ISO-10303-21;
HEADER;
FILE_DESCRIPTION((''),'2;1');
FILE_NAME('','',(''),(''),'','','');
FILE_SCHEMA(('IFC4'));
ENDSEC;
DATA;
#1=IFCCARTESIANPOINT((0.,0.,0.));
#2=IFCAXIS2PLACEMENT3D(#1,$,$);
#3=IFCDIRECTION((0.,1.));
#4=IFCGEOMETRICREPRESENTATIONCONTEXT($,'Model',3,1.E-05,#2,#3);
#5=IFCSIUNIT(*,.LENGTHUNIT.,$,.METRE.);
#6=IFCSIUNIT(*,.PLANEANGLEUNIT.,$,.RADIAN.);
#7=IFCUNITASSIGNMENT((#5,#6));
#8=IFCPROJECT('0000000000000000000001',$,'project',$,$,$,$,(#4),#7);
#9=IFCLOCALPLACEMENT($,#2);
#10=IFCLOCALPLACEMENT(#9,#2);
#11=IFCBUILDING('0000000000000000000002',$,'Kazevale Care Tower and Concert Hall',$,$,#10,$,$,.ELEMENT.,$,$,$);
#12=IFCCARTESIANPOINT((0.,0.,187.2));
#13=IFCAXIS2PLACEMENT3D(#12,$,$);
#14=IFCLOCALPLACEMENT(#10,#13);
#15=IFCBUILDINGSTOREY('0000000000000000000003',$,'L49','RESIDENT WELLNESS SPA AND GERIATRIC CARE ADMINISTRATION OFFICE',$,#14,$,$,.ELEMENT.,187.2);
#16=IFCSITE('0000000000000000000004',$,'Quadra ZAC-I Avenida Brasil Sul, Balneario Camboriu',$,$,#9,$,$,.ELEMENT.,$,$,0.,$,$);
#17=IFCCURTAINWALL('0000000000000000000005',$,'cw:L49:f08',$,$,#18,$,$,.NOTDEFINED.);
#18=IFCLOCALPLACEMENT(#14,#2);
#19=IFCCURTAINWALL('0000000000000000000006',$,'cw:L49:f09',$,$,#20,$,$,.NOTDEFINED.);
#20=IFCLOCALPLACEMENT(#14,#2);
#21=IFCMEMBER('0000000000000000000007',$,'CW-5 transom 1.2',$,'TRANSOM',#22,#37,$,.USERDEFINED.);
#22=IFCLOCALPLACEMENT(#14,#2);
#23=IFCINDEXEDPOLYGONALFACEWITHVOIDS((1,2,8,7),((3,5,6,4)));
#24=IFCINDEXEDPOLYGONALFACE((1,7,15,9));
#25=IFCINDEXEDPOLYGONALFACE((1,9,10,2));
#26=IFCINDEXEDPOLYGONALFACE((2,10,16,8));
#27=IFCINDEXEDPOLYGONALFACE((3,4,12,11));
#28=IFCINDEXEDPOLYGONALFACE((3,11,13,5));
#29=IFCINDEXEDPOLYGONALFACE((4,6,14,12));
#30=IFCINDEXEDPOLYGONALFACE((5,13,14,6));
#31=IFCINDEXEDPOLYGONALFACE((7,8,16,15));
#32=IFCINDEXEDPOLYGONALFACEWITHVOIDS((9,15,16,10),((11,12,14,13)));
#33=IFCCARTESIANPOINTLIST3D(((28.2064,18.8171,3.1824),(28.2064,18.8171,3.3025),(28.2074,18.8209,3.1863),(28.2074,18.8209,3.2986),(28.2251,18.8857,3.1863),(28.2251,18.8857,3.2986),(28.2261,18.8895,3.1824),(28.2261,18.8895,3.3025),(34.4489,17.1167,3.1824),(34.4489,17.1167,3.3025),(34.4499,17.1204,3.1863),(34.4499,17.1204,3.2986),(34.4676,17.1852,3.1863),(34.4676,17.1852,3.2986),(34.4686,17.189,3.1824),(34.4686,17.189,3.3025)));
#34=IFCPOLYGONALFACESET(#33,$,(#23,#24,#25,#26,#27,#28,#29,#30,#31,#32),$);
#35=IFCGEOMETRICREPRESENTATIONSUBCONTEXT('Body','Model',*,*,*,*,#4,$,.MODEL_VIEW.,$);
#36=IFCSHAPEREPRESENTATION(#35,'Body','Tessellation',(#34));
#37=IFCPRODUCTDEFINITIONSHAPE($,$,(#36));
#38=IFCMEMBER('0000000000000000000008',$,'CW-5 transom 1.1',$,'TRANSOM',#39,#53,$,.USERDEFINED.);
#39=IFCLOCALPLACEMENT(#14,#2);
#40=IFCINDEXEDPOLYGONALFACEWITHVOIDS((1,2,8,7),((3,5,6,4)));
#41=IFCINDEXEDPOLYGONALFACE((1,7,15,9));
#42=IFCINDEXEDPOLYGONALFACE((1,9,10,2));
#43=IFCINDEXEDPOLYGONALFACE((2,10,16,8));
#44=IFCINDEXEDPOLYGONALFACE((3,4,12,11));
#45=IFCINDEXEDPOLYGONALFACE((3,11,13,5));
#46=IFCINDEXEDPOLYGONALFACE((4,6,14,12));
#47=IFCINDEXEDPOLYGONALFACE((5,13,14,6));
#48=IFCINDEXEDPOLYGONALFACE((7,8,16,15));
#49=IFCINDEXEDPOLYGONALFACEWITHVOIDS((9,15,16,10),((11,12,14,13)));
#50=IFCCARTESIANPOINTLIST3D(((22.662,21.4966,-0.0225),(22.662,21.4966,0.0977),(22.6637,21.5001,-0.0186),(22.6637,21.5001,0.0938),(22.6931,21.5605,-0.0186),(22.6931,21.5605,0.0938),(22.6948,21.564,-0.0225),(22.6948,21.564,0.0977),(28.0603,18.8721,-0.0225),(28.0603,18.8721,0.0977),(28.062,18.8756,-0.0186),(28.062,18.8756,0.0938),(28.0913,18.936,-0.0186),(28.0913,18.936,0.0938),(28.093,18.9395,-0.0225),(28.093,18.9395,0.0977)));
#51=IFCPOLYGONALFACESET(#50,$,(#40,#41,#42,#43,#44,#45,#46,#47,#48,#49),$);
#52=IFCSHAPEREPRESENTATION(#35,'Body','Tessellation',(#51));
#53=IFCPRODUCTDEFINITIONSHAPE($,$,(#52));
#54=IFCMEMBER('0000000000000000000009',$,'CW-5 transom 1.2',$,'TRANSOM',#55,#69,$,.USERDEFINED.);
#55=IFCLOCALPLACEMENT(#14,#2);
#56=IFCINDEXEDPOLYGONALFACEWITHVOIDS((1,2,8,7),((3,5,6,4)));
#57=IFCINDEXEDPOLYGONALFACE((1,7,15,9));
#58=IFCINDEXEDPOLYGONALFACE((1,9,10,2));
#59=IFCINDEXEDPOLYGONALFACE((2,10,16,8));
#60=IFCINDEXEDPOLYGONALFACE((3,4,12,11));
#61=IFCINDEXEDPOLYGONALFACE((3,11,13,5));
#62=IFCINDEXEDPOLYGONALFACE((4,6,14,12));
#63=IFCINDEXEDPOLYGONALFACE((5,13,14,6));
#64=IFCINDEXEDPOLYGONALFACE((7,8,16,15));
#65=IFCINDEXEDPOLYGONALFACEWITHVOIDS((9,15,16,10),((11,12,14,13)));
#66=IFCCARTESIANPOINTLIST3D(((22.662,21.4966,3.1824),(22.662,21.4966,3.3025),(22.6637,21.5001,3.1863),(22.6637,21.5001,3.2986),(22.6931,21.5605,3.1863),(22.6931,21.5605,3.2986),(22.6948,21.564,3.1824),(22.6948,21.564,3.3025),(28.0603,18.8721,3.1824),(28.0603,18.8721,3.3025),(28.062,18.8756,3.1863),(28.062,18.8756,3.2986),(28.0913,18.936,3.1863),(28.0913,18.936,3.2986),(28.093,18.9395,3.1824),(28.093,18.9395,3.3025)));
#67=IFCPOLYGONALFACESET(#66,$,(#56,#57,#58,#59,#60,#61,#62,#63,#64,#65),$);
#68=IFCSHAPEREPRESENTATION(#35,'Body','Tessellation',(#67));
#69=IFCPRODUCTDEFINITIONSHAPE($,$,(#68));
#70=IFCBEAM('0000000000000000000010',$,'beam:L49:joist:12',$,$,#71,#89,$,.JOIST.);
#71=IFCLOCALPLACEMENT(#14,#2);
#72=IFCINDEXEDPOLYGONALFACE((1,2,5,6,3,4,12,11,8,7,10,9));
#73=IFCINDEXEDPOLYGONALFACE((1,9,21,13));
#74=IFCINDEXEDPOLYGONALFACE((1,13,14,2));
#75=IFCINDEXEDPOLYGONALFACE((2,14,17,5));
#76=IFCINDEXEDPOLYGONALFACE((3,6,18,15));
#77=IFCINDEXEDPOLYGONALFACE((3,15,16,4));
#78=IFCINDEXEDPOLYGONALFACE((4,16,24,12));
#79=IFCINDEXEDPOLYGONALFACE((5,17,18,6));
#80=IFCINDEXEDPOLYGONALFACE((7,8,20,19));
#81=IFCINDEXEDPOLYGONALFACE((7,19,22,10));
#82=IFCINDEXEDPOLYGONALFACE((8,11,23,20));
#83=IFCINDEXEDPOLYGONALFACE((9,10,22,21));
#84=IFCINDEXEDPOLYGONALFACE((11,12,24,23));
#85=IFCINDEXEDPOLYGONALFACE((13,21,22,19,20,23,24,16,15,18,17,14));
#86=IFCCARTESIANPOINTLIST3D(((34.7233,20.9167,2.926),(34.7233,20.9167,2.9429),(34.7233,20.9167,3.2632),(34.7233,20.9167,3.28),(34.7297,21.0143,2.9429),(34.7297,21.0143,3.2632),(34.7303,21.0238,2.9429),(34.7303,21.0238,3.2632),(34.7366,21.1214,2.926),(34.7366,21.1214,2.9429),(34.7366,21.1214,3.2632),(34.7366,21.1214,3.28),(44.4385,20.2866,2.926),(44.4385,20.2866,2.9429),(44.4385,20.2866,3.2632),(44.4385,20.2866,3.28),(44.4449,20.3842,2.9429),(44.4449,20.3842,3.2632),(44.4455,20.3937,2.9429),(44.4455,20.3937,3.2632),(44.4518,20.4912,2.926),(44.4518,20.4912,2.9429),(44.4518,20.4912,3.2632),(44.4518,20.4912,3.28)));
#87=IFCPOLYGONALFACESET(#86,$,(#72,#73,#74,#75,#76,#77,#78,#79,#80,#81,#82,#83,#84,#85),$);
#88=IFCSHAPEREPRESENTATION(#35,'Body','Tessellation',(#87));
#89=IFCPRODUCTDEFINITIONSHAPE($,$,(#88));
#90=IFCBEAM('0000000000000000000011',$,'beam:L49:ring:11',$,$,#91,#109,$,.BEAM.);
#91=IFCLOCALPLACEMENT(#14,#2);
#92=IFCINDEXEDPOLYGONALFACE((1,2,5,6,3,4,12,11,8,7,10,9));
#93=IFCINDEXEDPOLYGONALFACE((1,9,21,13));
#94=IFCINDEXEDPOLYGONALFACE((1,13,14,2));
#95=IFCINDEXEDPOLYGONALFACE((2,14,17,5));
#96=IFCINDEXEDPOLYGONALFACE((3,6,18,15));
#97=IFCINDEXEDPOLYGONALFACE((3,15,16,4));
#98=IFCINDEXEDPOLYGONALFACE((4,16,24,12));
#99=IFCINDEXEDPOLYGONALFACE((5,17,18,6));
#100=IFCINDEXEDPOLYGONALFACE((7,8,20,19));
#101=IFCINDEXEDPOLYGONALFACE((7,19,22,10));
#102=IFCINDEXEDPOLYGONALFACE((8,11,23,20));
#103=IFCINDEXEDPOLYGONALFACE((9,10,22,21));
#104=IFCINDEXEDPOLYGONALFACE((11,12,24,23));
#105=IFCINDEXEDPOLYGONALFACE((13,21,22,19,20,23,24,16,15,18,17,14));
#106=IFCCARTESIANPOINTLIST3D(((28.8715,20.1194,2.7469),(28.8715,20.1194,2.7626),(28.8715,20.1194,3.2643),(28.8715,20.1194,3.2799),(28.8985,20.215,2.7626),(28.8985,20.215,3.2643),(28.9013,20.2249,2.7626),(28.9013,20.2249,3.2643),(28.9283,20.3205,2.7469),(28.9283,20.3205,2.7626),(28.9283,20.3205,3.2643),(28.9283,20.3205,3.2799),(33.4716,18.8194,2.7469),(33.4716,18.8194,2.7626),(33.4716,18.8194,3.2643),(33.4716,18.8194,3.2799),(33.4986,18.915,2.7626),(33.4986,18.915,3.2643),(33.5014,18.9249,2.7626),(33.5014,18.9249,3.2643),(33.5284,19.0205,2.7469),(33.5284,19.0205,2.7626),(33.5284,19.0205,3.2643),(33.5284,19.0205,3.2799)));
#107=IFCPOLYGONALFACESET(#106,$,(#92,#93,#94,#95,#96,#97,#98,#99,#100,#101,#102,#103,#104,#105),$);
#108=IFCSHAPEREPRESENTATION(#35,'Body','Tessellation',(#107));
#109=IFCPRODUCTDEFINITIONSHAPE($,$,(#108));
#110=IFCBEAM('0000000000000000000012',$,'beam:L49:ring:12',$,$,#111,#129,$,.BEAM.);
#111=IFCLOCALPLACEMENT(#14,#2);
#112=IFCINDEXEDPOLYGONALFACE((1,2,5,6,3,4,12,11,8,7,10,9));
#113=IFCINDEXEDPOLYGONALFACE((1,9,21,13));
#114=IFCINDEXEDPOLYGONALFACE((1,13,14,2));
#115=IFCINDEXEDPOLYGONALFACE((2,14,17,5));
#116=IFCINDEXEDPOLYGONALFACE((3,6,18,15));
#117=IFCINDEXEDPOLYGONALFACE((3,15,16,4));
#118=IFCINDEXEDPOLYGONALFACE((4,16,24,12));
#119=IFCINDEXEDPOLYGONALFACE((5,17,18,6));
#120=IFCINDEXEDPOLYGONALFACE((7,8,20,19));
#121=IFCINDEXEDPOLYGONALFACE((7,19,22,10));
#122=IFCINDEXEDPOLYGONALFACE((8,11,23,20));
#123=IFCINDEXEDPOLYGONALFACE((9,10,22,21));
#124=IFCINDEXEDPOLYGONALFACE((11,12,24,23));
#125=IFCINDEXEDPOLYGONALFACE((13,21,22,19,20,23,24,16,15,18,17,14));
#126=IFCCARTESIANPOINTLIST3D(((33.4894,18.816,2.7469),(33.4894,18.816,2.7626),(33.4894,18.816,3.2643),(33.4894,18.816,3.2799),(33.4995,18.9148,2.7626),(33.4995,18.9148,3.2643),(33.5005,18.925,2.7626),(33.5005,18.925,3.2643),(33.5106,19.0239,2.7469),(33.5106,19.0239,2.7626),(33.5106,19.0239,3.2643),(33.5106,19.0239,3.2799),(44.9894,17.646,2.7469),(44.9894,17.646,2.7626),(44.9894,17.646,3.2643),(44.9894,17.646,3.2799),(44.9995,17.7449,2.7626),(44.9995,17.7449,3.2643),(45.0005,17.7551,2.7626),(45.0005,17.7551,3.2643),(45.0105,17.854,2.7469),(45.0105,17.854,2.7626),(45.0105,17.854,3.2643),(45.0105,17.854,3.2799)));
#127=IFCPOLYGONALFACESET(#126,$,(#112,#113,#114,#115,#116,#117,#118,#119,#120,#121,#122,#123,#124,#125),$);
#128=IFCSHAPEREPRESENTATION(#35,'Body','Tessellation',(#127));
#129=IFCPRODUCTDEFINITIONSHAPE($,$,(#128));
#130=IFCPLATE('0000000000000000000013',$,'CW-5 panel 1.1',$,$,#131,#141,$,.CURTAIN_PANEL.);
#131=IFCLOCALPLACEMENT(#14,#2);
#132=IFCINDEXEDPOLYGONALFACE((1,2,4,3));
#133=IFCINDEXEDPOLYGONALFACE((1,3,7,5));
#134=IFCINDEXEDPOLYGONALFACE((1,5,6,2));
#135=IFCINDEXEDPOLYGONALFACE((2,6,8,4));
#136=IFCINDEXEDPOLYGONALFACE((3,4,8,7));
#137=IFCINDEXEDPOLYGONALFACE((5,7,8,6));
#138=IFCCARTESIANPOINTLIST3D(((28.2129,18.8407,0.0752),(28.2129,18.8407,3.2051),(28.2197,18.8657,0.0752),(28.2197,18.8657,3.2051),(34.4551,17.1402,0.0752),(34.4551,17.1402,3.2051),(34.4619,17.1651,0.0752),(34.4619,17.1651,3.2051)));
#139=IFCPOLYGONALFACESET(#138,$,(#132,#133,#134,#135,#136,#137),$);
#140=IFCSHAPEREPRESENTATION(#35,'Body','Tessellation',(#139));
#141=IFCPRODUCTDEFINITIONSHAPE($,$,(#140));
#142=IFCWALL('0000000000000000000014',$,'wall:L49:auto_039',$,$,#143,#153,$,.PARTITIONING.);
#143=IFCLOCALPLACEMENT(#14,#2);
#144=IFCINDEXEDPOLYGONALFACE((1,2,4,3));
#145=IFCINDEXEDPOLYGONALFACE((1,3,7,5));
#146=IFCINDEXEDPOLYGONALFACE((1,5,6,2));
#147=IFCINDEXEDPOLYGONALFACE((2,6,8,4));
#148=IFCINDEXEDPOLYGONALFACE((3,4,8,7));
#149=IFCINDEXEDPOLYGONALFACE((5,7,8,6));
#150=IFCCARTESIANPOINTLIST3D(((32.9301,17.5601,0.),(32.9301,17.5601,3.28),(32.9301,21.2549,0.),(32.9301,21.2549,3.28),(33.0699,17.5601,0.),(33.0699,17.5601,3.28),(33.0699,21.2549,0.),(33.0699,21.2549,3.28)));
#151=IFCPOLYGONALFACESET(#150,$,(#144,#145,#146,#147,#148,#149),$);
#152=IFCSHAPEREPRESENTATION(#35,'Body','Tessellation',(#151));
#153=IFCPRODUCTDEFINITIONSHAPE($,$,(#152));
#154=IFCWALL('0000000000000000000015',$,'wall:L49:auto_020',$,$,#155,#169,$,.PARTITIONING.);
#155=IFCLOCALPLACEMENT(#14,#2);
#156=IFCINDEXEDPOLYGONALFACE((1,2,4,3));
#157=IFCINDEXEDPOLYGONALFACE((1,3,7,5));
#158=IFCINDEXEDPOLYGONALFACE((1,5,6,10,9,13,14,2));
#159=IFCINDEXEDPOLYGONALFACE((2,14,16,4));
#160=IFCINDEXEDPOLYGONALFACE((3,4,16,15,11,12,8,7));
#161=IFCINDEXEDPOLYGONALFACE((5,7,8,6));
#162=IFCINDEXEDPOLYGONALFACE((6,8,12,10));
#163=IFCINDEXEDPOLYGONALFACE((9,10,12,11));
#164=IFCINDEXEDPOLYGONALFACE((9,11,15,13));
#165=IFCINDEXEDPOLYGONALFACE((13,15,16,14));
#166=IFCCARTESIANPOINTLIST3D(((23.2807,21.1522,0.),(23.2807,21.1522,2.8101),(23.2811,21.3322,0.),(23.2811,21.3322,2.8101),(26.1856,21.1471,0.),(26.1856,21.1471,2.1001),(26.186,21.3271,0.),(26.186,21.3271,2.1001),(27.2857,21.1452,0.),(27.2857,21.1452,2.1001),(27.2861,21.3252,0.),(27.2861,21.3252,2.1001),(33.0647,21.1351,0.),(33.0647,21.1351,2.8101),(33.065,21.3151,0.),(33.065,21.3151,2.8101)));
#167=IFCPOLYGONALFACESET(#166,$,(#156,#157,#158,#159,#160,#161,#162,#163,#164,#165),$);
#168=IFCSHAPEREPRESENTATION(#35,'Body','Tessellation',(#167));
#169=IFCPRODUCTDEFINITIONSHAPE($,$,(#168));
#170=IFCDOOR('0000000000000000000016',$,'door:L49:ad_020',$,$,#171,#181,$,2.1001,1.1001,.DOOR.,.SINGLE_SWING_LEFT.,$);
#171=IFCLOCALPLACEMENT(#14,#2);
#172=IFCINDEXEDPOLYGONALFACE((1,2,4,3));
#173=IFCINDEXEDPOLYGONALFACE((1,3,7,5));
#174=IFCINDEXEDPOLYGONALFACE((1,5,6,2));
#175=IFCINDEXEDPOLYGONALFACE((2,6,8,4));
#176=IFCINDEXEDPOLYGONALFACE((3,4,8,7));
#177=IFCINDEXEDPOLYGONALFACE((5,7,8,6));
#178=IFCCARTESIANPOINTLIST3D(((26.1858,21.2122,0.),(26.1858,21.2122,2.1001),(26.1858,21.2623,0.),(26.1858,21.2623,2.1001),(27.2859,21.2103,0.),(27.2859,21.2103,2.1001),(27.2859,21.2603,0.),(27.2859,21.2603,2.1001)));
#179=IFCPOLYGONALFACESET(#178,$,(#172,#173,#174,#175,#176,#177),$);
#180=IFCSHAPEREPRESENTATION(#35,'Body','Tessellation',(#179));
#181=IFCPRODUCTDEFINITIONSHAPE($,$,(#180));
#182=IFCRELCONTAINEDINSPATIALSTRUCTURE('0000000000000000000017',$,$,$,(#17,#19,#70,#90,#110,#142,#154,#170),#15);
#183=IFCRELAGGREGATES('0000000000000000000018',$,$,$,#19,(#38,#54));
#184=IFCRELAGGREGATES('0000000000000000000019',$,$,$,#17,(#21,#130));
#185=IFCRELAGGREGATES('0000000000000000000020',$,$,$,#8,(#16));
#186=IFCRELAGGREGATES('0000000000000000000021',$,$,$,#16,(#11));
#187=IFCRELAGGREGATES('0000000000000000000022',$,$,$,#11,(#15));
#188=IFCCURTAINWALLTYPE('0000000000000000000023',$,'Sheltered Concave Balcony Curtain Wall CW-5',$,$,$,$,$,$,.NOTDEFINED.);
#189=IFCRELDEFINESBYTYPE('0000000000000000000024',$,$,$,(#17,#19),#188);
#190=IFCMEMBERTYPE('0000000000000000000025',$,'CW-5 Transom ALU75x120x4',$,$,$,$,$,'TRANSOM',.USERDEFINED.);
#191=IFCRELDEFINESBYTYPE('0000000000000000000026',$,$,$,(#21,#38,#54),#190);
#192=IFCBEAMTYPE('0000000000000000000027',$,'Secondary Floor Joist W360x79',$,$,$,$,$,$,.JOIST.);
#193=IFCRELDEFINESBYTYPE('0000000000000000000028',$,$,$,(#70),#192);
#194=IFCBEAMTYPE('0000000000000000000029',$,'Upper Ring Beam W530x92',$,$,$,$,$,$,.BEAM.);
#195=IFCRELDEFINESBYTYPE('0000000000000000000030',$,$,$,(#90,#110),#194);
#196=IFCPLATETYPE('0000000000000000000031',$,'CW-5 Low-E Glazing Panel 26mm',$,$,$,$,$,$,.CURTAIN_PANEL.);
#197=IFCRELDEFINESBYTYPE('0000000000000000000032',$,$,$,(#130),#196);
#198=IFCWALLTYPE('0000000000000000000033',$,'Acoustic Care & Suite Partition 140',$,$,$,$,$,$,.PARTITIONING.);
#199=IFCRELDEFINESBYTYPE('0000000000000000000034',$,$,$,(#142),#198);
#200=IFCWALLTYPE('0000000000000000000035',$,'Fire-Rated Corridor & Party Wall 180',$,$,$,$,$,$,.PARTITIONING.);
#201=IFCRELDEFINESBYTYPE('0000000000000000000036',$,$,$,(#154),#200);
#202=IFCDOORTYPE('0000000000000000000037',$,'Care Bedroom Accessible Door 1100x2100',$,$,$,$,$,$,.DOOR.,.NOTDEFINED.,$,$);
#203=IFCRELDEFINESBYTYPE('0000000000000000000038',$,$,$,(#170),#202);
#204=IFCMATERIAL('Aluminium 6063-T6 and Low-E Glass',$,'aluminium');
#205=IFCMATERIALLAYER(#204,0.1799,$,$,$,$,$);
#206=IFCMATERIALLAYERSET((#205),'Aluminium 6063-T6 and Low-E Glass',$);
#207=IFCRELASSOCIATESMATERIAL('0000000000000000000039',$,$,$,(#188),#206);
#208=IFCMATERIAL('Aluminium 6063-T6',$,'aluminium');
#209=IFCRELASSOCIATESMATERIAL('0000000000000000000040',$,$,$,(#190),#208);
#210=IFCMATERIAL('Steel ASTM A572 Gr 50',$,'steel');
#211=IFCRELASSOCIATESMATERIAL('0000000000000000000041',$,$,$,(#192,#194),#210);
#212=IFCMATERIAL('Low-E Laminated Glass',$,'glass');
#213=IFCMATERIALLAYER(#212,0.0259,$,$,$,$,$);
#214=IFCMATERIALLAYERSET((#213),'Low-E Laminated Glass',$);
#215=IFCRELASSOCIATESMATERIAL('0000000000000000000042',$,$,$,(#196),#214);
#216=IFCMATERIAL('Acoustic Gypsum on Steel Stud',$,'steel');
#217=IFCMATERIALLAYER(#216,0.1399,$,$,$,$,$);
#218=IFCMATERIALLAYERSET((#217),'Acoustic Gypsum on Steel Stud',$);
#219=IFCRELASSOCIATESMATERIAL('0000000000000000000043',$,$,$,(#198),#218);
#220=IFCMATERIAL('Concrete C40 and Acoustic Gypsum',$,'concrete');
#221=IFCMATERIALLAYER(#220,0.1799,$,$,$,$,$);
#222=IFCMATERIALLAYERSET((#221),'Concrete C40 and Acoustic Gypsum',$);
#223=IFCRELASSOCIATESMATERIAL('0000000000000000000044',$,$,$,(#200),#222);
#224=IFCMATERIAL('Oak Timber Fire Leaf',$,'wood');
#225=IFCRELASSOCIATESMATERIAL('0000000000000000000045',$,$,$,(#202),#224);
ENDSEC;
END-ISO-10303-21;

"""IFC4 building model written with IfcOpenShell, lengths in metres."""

from ifc_helpers import new_model, si_unit, direction, frame, frame_2d, origin, origin_2d, place, context, subcontext, project, spatial, rectangle, hollow_rectangle, i_section, extrude, material, layer, layer_set, material_profile, profile_set, type_object, element, fill, aggregate, save


model = new_model("IFC4")

# Units and contexts
model_context = context("Model", 3, precision=1e-05, world=origin(), true_north=direction((0.0, 1.0)))
body_context = subcontext(model_context, "Body", "Model", "MODEL_VIEW")
ifc_project = project(units=[si_unit("LENGTHUNIT", "METRE"), si_unit("PLANEANGLEUNIT", "RADIAN")], contexts=[model_context])

# Site, building, storey
site_placement = place(None, origin())
site = spatial("IfcSite", under=ifc_project, at=site_placement, Name="Quadra ZAC-I Avenida Brasil Sul, Balneario Camboriu", CompositionType="ELEMENT", RefElevation=0.0)
building_placement = place(site_placement, origin())
building = spatial("IfcBuilding", under=site, at=building_placement, Name="Kazevale Care Tower and Concert Hall", CompositionType="ELEMENT")
storey_placement = place(building_placement, frame((0.0, 0.0, 187.2)))
storey = spatial("IfcBuildingStorey", under=building, at=storey_placement, Name="L49", Description="RESIDENT WELLNESS SPA AND GERIATRIC CARE ADMINISTRATION OFFICE", CompositionType="ELEMENT", Elevation=187.2)

# Shared definitions
ifc_material_1 = material(Name="Aluminium 6063-T6 and Low-E Glass", Category="aluminium")
ifc_layer_1 = layer(ifc_material_1, 0.1799)
ifc_layer_set_1 = layer_set([ifc_layer_1], Name="Aluminium 6063-T6 and Low-E Glass")
curtain_wall_type = type_object("IfcCurtainWallType", Name="Sheltered Concave Balcony Curtain Wall CW-5", PredefinedType="NOTDEFINED", material=ifc_layer_set_1)
ifc_material_2 = material(Name="Aluminium 6063-T6", Category="aluminium")

# Curtain wall
curtain_wall_1_placement = place(storey_placement, origin())
curtain_wall_1 = element("IfcCurtainWall", 1, at=curtain_wall_1_placement, inside=storey, type_object=curtain_wall_type, Name="cw:L49:f08", PredefinedType="NOTDEFINED")

# Curtain wall
curtain_wall_2_placement = place(storey_placement, origin())
curtain_wall_2 = element("IfcCurtainWall", 2, at=curtain_wall_2_placement, inside=storey, type_object=curtain_wall_type, Name="cw:L49:f09", PredefinedType="NOTDEFINED")

# Members
ifc_material_profile_1 = material_profile(ifc_material_2, hollow_rectangle(XDim=0.075, YDim=0.1201, WallThickness=0.0039, at=origin_2d()), Name="ALU75x120x4")
ifc_profile_set_1 = profile_set([ifc_material_profile_1], Name="Aluminium 6063-T6")
member_type_1 = type_object("IfcMemberType", Name="CW-5 Transom ALU75x120x4", ElementType="TRANSOM", PredefinedType="USERDEFINED", material=ifc_profile_set_1)
member_1_placement = place(storey_placement, frame((34.4587, 17.1528, 3.2424), z_axis=(-0.964844, 0.262824, 0.0), x_axis=(-0.262824, -0.964844, 0.0)))
member_1 = element("IfcMember", 3, at=member_1_placement, type_object=member_type_1, Name="CW-5 transom 1.2", ObjectType="TRANSOM", PredefinedType="USERDEFINED", context=body_context, shape_type="SweptSolid", body=[
    extrude(hollow_rectangle(XDim=0.075, YDim=0.1201, WallThickness=0.0039, at=origin_2d()), origin(), (0.0, 0.0, 1.0), 6.47),
])
member_2_placement = place(storey_placement, frame((28.0767, 18.9058, 0.0376), z_axis=(-0.899342, 0.437245, 0.0), x_axis=(-0.437245, -0.899342, 0.0)))
member_2 = element("IfcMember", 4, at=member_2_placement, type_object=member_type_1, Name="CW-5 transom 1.1", ObjectType="TRANSOM", PredefinedType="USERDEFINED", context=body_context, shape_type="SweptSolid", body=[
    extrude(hollow_rectangle(XDim=0.075, YDim=0.1201, WallThickness=0.0039, at=origin_2d()), origin(), (0.0, 0.0, 1.0), 6.0024),
])
member_3_placement = place(storey_placement, frame((28.0767, 18.9058, 3.2424), z_axis=(-0.899342, 0.437245, 0.0), x_axis=(-0.437245, -0.899342, 0.0)))
member_3 = element("IfcMember", 5, at=member_3_placement, type_object=member_type_1, Name="CW-5 transom 1.2", ObjectType="TRANSOM", PredefinedType="USERDEFINED", context=body_context, shape_type="SweptSolid", body=[
    extrude(hollow_rectangle(XDim=0.075, YDim=0.1201, WallThickness=0.0039, at=origin_2d()), origin(), (0.0, 0.0, 1.0), 6.0024),
])
aggregate(curtain_wall_2, [member_2, member_3])

# Beams
ifc_material_3 = material(Name="Steel ASTM A572 Gr 50", Category="steel")
ifc_material_profile_2 = material_profile(ifc_material_3, i_section(OverallWidth=0.2051, OverallDepth=0.354, WebThickness=0.0095, FlangeThickness=0.0168, at=origin_2d()), Name="W360x79")
ifc_profile_set_2 = profile_set([ifc_material_profile_2], Name="Steel ASTM A572 Gr 50")
beam_type_1 = type_object("IfcBeamType", Name="Secondary Floor Joist W360x79", PredefinedType="JOIST", material=ifc_profile_set_2)
beam_1_placement = place(storey_placement, frame((34.73, 21.019, 3.103), z_axis=(0.997903, -0.064725, 0.0), x_axis=(0.064725, 0.997903, 0.0)))
element("IfcBeam", 6, at=beam_1_placement, inside=storey, type_object=beam_type_1, Name="beam:L49:joist:12", PredefinedType="JOIST", context=body_context, shape_type="SweptSolid", body=[
    extrude(i_section(OverallWidth=0.2051, OverallDepth=0.354, WebThickness=0.0095, FlangeThickness=0.0168, at=origin_2d()), origin(), (0.0, 0.0, 1.0), 9.7356),
])
ifc_material_profile_3 = material_profile(ifc_material_3, i_section(OverallWidth=0.209, OverallDepth=0.533, WebThickness=0.0103, FlangeThickness=0.0156, at=origin_2d()), Name="W530x92")
ifc_profile_set_3 = profile_set([ifc_material_profile_3], Name="Steel ASTM A572 Gr 50")
beam_type_2 = type_object("IfcBeamType", Name="Upper Ring Beam W530x92", PredefinedType="BEAM", material=ifc_profile_set_3)
beam_2_placement = place(storey_placement, frame((28.8999, 20.22, 3.0134), z_axis=(0.962308, -0.271961, 0.0), x_axis=(0.271961, 0.962308, 0.0)))
element("IfcBeam", 7, at=beam_2_placement, inside=storey, type_object=beam_type_2, Name="beam:L49:ring:11", PredefinedType="BEAM", context=body_context, shape_type="SweptSolid", body=[
    extrude(i_section(OverallWidth=0.209, OverallDepth=0.533, WebThickness=0.0103, FlangeThickness=0.0156, at=origin_2d()), origin(), (0.0, 0.0, 1.0), 4.7803),
])
beam_3_placement = place(storey_placement, frame((33.5, 18.9199, 3.0134), z_axis=(0.994865, -0.10121, 0.0), x_axis=(0.10121, 0.994865, 0.0)))
element("IfcBeam", 8, at=beam_3_placement, inside=storey, type_object=beam_type_2, Name="beam:L49:ring:12", PredefinedType="BEAM", context=body_context, shape_type="SweptSolid", body=[
    extrude(i_section(OverallWidth=0.209, OverallDepth=0.533, WebThickness=0.0103, FlangeThickness=0.0156, at=origin_2d()), origin(), (0.0, 0.0, 1.0), 11.5593),
])

# Plate
ifc_material_4 = material(Name="Low-E Laminated Glass", Category="glass")
ifc_layer_2 = layer(ifc_material_4, 0.0259)
ifc_layer_set_2 = layer_set([ifc_layer_2], Name="Low-E Laminated Glass")
plate_type = type_object("IfcPlateType", Name="CW-5 Low-E Glazing Panel 26mm", PredefinedType="CURTAIN_PANEL", material=ifc_layer_set_2)
plate_placement = place(storey_placement, frame((31.3374, 18.0029, 0.0752), z_axis=(0.0, 0.0, 1.0), x_axis=(-0.964837, 0.262849, 0.0)))
plate = element("IfcPlate", 9, at=plate_placement, type_object=plate_type, Name="CW-5 panel 1.1", PredefinedType="CURTAIN_PANEL", context=body_context, shape_type="SweptSolid", body=[
    extrude(rectangle(XDim=6.4697, YDim=0.0259, at=origin_2d()), origin(), (0.0, 0.0, 1.0), 3.1299),
])
aggregate(curtain_wall_1, [member_1, plate])

# Wall
ifc_material_5 = material(Name="Acoustic Gypsum on Steel Stud", Category="steel")
ifc_layer_3 = layer(ifc_material_5, 0.1399)
ifc_layer_set_3 = layer_set([ifc_layer_3], Name="Acoustic Gypsum on Steel Stud")
wall_type_1 = type_object("IfcWallType", Name="Acoustic Care & Suite Partition 140", PredefinedType="PARTITIONING", material=ifc_layer_set_3)
wall_1_placement = place(storey_placement, frame((33.0, 21.2549, 0.0), z_axis=(0.0, 0.0, 1.0), x_axis=(0.0, -1.0, 0.0)))
element("IfcWall", 10, at=wall_1_placement, inside=storey, type_object=wall_type_1, Name="wall:L49:auto_039", PredefinedType="PARTITIONING", context=body_context, shape_type="SweptSolid", body=[
    extrude(rectangle(XDim=3.6948, YDim=0.1399, at=frame_2d((1.8474, 0.0))), origin(), (0.0, 0.0, 1.0), 3.28),
])

# Wall, opening, door
ifc_material_6 = material(Name="Concrete C40 and Acoustic Gypsum", Category="concrete")
ifc_layer_4 = layer(ifc_material_6, 0.1799)
ifc_layer_set_4 = layer_set([ifc_layer_4], Name="Concrete C40 and Acoustic Gypsum")
wall_type_2 = type_object("IfcWallType", Name="Fire-Rated Corridor & Party Wall 180", PredefinedType="PARTITIONING", material=ifc_layer_set_4)
wall_2_placement = place(storey_placement, frame((33.0649, 21.2251, 0.0), z_axis=(0.0, 0.0, 1.0), x_axis=(-0.999998, 0.001747, 0.0)))
wall_2 = element("IfcWall", 11, at=wall_2_placement, inside=storey, type_object=wall_type_2, Name="wall:L49:auto_020", PredefinedType="PARTITIONING", context=body_context, shape_type="SweptSolid", body=[
    extrude(rectangle(XDim=9.7839, YDim=0.1799, at=frame_2d((4.8921, 0.0))), origin(), (0.0, 0.0, 1.0), 2.8101),
])
opening_placement = place(wall_2_placement, frame((5.7791, 0.0, 0.0)))
opening = element("IfcOpeningElement", 12, at=opening_placement, cuts=wall_2, PredefinedType="OPENING", context=body_context, shape_type="SweptSolid", body=[
    extrude(rectangle(XDim=1.1001, YDim=2.1001, at=frame_2d((0.55, 1.05))), frame((0.0, 0.0999, 0.0), z_axis=(0.0, -1.0, 0.0), x_axis=(1.0, 0.0, 0.0)), (0.0, 0.0, 1.0), 0.2),
])
ifc_material_7 = material(Name="Oak Timber Fire Leaf", Category="wood")
door_type = type_object("IfcDoorType", Name="Care Bedroom Accessible Door 1100x2100", OperationType="NOTDEFINED", PredefinedType="DOOR", material=ifc_material_7)
door_placement = place(opening_placement, origin())
door = element("IfcDoor", 13, at=door_placement, inside=storey, type_object=door_type, Name="door:L49:ad_020", OperationType="SINGLE_SWING_LEFT", OverallHeight=2.1001, OverallWidth=1.1001, PredefinedType="DOOR", context=body_context, shape_type="SweptSolid", body=[
    extrude(rectangle(XDim=1.1001, YDim=2.1001, at=frame_2d((0.55, 1.05))), frame((0.0, 0.0249, 0.0), z_axis=(0.0, -1.0, 0.0), x_axis=(1.0, 0.0, 0.0)), (0.0, 0.0, 1.0), 0.05),
])
fill(opening, door)

save(model, "model.ifc")
